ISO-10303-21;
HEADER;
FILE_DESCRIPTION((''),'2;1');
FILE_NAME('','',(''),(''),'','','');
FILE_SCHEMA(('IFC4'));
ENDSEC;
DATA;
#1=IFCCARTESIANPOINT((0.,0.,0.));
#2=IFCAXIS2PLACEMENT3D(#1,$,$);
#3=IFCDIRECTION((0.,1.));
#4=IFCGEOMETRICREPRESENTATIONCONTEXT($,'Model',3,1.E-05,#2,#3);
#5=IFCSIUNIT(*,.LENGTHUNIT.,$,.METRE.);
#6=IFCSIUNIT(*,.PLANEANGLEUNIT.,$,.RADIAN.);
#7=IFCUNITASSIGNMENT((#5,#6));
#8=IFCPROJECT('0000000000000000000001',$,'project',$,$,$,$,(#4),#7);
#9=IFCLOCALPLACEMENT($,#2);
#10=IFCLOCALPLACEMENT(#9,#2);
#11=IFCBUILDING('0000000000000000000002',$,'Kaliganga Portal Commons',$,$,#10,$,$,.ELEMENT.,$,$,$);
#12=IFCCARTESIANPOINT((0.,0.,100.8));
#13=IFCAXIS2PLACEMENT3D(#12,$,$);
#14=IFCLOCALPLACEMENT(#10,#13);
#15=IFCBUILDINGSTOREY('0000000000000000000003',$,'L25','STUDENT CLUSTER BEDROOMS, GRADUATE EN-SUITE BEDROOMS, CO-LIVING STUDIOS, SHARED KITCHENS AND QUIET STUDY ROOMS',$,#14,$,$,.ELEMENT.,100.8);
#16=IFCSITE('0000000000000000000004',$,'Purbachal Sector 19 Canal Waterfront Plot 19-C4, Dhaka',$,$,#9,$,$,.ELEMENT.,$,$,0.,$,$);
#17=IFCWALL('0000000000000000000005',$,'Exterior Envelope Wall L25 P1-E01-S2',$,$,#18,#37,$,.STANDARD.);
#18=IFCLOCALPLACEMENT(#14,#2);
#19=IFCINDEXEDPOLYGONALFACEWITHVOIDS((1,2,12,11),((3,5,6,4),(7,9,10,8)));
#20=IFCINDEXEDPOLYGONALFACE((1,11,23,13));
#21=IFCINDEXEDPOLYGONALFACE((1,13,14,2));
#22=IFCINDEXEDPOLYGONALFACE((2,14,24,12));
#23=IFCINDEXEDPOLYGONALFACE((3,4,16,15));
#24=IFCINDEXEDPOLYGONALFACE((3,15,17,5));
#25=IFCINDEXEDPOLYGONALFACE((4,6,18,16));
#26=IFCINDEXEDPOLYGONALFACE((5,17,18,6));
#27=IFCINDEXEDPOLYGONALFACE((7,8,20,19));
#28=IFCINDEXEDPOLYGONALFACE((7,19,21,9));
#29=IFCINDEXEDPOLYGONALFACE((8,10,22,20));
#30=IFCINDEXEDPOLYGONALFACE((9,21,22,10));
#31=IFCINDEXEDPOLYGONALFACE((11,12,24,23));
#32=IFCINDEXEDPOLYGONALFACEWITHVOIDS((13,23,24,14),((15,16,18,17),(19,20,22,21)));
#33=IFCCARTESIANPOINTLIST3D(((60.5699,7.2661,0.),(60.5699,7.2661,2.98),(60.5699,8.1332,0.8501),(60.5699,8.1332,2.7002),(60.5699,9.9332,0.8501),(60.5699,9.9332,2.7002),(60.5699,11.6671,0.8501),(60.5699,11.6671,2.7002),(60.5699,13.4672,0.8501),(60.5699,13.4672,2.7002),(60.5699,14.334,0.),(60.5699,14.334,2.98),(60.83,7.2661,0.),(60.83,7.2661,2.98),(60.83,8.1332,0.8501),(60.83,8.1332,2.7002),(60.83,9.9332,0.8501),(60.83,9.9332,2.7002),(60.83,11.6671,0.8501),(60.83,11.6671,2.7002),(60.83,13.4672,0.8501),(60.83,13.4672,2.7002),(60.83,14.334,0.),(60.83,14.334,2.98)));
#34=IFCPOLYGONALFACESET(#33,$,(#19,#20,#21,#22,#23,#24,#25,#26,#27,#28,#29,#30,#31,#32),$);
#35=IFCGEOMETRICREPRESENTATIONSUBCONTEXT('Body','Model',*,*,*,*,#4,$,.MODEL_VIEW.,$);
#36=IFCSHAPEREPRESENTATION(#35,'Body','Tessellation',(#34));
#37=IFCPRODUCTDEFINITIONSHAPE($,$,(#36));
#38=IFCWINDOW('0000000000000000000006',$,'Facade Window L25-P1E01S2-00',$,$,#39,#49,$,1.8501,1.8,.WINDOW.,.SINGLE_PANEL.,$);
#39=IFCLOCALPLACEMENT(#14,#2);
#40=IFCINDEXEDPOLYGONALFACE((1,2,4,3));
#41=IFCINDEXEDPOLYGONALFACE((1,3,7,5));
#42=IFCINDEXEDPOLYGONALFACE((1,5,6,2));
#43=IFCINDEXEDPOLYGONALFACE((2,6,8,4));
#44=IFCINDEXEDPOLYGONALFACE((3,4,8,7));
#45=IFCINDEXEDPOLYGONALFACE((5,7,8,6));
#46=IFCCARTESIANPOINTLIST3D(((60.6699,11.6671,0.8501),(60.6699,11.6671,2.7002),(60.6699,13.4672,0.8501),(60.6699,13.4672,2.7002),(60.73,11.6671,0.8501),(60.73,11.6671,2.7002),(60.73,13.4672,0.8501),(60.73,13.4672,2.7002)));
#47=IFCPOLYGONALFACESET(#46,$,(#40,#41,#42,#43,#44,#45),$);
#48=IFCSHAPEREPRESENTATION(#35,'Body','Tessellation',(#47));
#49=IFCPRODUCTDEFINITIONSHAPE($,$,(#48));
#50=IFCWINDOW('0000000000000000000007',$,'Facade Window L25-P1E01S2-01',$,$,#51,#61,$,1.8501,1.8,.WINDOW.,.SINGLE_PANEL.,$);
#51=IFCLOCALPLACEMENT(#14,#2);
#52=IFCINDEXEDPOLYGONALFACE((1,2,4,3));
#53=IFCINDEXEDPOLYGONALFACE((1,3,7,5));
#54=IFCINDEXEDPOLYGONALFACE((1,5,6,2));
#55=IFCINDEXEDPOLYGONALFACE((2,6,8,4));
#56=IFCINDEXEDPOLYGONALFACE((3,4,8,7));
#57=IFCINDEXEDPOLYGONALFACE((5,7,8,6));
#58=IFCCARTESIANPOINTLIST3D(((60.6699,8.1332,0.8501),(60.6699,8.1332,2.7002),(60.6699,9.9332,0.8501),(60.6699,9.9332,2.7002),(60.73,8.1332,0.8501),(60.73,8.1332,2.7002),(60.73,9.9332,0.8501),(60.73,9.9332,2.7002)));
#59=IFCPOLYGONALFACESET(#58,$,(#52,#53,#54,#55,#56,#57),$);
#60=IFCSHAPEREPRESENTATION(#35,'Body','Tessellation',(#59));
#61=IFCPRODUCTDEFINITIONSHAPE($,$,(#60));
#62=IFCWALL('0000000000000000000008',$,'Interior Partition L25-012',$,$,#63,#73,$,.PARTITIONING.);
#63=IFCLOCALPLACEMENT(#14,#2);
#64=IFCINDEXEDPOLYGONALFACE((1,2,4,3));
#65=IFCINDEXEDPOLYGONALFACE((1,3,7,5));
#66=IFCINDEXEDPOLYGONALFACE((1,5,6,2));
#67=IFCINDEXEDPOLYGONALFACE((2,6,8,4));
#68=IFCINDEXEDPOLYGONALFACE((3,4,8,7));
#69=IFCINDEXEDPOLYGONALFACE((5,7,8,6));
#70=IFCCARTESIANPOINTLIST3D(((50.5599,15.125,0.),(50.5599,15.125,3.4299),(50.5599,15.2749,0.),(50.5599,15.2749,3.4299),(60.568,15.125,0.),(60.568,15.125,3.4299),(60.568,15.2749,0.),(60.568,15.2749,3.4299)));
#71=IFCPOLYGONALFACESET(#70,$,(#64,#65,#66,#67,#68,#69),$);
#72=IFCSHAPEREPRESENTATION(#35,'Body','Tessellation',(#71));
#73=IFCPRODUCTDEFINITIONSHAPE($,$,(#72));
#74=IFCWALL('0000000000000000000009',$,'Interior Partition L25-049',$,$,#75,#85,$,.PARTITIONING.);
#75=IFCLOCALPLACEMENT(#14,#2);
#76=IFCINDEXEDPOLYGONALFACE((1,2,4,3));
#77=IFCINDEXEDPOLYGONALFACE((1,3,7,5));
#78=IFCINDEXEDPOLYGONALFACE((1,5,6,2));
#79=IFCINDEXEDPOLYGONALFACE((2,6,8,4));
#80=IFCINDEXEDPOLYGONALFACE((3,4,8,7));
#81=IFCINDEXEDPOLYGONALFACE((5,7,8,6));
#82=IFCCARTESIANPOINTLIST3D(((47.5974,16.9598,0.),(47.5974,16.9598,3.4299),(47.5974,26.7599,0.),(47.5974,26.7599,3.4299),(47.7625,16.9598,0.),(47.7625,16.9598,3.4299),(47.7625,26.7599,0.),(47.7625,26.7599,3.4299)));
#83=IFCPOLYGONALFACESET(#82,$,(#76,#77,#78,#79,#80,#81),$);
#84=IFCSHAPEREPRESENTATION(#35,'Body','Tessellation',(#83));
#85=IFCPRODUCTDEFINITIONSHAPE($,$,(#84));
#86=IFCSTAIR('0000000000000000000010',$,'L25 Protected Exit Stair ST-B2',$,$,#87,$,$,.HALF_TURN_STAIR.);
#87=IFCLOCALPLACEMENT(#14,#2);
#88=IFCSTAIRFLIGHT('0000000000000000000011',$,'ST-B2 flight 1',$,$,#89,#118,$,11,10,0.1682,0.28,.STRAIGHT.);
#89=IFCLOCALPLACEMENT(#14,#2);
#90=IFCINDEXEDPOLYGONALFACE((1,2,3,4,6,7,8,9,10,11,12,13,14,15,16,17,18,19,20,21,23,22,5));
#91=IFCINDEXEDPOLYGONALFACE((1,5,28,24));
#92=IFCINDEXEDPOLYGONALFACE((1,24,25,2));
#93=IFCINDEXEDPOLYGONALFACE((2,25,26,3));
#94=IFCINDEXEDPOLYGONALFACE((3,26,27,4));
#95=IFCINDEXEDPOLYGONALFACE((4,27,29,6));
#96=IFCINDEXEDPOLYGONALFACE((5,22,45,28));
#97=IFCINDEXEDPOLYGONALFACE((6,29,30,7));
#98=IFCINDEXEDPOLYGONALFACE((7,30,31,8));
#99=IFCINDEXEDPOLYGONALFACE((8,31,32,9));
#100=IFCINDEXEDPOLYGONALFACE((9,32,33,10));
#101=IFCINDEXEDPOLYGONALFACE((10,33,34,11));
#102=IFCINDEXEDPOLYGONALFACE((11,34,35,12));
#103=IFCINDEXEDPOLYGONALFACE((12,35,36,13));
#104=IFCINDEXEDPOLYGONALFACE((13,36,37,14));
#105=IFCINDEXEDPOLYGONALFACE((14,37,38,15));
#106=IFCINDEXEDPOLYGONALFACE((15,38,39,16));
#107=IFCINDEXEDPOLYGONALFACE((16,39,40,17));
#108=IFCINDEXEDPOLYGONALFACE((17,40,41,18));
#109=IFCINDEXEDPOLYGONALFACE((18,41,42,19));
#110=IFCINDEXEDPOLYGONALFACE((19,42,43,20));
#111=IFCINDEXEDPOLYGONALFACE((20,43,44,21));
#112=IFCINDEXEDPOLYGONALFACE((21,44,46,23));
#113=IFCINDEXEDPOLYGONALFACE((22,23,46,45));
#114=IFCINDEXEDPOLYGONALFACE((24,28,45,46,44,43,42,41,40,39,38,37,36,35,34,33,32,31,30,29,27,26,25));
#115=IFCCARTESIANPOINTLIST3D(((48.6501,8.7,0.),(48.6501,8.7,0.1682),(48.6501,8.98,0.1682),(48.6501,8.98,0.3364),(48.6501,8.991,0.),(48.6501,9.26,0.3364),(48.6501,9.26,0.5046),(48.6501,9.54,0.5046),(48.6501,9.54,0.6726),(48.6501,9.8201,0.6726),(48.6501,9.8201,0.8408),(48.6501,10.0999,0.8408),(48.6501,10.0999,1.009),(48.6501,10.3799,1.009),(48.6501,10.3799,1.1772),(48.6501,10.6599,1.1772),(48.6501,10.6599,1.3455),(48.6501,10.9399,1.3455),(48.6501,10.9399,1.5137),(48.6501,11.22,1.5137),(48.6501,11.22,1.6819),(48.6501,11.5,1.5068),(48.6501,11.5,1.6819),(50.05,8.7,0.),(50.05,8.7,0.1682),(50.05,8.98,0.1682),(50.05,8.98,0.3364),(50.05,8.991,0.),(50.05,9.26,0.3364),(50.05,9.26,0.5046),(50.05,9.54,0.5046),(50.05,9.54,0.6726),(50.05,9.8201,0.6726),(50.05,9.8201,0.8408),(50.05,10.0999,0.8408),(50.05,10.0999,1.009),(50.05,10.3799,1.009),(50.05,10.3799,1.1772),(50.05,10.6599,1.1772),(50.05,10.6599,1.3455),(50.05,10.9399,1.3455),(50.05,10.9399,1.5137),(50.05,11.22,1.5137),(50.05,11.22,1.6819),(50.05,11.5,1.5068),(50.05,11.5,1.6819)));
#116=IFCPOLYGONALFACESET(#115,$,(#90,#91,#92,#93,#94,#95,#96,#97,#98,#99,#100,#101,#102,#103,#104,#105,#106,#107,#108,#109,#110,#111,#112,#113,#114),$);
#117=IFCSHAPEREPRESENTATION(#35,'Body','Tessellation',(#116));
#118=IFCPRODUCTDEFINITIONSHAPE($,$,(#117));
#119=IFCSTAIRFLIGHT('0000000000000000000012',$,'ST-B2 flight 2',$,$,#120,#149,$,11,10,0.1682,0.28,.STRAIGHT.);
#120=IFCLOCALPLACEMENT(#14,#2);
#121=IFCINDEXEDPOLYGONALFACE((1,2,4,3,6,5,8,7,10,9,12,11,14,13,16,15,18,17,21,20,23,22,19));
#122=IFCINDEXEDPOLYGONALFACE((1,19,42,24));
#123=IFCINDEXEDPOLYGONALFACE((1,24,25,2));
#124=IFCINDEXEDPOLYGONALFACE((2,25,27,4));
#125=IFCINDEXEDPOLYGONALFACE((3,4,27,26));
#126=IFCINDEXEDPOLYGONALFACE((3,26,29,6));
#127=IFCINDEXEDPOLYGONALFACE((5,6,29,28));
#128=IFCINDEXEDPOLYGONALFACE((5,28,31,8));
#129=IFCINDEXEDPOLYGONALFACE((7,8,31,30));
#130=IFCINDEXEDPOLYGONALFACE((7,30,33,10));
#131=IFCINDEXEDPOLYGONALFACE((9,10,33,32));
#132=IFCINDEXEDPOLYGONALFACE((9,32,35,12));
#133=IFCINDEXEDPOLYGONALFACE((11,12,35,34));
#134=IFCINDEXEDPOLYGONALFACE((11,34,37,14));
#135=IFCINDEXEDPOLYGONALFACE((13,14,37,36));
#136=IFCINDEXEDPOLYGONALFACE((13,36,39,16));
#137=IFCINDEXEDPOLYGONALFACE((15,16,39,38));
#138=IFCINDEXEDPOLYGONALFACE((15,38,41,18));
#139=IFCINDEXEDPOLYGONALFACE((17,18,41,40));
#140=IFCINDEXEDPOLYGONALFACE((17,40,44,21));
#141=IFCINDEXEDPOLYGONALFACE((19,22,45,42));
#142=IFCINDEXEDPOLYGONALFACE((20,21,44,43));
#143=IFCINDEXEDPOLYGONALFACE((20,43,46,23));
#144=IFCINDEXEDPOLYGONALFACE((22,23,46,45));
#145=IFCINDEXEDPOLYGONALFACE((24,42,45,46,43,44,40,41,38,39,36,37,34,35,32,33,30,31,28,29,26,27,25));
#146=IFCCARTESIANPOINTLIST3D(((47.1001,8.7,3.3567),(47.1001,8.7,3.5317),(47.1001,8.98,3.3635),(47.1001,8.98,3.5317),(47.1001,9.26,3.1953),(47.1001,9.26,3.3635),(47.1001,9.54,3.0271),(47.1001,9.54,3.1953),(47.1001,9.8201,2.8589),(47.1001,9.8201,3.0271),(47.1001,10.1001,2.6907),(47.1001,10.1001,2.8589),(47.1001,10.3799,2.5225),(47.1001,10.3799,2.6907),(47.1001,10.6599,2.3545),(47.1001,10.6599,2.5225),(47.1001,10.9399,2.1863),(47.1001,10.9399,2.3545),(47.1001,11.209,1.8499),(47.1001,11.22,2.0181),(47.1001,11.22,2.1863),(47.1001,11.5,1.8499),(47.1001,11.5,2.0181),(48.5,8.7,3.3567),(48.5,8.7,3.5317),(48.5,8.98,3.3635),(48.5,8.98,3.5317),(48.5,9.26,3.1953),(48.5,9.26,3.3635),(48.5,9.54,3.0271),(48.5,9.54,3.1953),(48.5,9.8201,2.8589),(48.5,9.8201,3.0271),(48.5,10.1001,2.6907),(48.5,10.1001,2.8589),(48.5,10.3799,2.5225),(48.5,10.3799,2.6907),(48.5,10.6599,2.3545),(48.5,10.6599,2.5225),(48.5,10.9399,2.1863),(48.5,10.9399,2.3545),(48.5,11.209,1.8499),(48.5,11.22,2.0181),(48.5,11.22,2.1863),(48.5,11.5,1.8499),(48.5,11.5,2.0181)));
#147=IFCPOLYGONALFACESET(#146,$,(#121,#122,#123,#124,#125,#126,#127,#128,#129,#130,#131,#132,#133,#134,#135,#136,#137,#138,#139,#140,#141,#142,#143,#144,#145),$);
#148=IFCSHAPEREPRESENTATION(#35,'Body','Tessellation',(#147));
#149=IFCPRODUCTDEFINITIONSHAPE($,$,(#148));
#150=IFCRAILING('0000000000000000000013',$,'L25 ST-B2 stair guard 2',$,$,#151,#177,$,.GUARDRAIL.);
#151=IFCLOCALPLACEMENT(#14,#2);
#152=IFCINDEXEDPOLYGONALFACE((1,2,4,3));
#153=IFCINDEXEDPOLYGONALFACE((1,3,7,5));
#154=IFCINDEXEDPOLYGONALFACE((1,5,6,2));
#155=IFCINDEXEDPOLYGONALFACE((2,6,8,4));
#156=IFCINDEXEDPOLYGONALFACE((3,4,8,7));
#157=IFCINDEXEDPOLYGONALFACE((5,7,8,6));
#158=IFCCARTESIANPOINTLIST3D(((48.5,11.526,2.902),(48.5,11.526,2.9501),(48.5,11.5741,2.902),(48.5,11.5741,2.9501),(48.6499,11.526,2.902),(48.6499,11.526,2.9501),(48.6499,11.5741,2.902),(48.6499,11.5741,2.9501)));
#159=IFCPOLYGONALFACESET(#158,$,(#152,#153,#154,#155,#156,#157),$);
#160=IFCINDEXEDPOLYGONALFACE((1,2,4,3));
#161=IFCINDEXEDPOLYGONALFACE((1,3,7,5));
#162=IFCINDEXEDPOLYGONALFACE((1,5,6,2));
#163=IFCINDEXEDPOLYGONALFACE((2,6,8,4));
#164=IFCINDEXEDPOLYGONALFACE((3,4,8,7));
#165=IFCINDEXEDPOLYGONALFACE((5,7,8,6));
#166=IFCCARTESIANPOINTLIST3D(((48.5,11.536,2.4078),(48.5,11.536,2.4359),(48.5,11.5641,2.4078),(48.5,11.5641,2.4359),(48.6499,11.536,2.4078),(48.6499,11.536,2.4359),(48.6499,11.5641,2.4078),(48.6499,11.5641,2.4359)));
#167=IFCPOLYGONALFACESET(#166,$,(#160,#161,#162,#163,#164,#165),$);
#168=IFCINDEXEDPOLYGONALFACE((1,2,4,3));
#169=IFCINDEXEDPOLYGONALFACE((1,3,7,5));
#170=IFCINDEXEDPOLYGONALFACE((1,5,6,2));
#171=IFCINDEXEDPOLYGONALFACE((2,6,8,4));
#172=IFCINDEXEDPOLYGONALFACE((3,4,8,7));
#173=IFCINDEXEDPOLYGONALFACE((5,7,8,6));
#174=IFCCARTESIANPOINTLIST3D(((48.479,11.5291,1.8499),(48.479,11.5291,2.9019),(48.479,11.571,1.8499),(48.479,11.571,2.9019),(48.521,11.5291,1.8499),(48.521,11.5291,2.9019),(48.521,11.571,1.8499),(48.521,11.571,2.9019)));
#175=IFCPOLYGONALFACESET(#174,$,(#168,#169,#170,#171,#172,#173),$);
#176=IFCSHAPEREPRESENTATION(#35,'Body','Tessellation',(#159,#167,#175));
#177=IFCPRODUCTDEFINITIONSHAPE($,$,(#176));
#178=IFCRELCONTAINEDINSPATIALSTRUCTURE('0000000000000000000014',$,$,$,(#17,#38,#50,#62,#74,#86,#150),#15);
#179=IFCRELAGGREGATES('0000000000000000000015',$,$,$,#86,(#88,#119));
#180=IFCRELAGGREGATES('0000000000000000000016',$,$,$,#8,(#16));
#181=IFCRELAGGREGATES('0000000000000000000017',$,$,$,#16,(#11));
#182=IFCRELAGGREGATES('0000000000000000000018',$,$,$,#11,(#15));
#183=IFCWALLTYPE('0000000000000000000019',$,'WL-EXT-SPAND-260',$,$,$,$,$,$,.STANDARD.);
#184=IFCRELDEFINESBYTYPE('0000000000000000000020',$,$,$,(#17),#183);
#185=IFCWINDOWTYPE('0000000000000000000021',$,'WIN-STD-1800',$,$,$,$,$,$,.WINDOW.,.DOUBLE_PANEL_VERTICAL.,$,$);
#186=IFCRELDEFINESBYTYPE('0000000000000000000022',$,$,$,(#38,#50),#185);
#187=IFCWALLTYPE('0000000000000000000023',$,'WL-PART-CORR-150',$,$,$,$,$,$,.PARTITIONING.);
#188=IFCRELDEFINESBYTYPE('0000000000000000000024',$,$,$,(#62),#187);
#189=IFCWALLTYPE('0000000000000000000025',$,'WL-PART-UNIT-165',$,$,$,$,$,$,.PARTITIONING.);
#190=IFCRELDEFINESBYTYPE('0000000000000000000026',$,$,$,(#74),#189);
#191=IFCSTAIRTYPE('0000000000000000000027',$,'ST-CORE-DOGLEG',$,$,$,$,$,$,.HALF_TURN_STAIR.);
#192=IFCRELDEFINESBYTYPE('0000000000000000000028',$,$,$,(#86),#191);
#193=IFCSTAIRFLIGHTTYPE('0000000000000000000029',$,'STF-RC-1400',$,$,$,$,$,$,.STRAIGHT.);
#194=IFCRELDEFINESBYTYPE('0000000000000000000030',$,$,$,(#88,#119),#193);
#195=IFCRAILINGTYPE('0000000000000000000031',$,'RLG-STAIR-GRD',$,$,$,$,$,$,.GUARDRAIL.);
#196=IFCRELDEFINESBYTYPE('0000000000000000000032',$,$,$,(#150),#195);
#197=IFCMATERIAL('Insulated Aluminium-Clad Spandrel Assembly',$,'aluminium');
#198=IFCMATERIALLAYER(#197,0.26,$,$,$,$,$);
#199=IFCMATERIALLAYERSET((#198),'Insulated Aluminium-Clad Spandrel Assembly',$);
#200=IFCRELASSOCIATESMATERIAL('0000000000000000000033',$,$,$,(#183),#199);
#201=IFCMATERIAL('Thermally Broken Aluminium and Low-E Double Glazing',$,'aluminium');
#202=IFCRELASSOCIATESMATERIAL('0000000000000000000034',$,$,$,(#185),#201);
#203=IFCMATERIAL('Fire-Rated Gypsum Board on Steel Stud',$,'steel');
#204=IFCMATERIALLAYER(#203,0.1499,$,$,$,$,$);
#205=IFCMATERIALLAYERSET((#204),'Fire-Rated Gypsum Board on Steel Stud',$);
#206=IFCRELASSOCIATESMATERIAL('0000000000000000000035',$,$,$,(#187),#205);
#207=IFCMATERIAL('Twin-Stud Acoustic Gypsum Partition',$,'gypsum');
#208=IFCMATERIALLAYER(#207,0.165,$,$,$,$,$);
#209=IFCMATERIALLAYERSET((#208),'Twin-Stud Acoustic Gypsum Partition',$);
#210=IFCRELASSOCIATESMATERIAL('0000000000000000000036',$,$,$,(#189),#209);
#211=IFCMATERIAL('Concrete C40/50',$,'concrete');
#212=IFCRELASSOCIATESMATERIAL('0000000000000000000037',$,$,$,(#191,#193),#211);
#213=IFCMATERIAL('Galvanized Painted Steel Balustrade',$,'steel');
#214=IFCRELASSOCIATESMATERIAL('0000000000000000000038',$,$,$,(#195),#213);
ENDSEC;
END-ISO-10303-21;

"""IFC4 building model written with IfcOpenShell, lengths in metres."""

from ifc_helpers import new_model, si_unit, direction, frame, frame_2d, origin, origin_2d, place, context, subcontext, project, spatial, polyline, rectangle, outline, extrude, material, layer, layer_set, type_object, element, fill, aggregate, save


model = new_model("IFC4")

# Units and contexts
model_context = context("Model", 3, precision=1e-05, world=origin(), true_north=direction((0.0, 1.0)))
body_context = subcontext(model_context, "Body", "Model", "MODEL_VIEW")
ifc_project = project(units=[si_unit("LENGTHUNIT", "METRE"), si_unit("PLANEANGLEUNIT", "RADIAN")], contexts=[model_context])

# Site, building, storey
site_placement = place(None, origin())
site = spatial("IfcSite", under=ifc_project, at=site_placement, Name="Purbachal Sector 19 Canal Waterfront Plot 19-C4, Dhaka", CompositionType="ELEMENT", RefElevation=0.0)
building_placement = place(site_placement, origin())
building = spatial("IfcBuilding", under=site, at=building_placement, Name="Kaliganga Portal Commons", CompositionType="ELEMENT")
storey_placement = place(building_placement, frame((0.0, 0.0, 100.8)))
storey = spatial("IfcBuildingStorey", under=building, at=storey_placement, Name="L25", Description="STUDENT CLUSTER BEDROOMS, GRADUATE EN-SUITE BEDROOMS, CO-LIVING STUDIOS, SHARED KITCHENS AND QUIET STUDY ROOMS", CompositionType="ELEMENT", Elevation=100.8)

# Wall, openings, windows
ifc_material_1 = material(Name="Insulated Aluminium-Clad Spandrel Assembly", Category="aluminium")
ifc_layer_1 = layer(ifc_material_1, 0.26)
ifc_layer_set_1 = layer_set([ifc_layer_1], Name="Insulated Aluminium-Clad Spandrel Assembly")
wall_type_1 = type_object("IfcWallType", Name="WL-EXT-SPAND-260", PredefinedType="STANDARD", material=ifc_layer_set_1)
wall_1_placement = place(storey_placement, frame((60.7, 14.334, 0.0), z_axis=(0.0, 0.0, 1.0), x_axis=(0.0, -1.0, 0.0)))
wall_1 = element("IfcWall", 1, at=wall_1_placement, inside=storey, type_object=wall_type_1, Name="Exterior Envelope Wall L25 P1-E01-S2", PredefinedType="STANDARD", context=body_context, shape_type="SweptSolid", body=[
    extrude(rectangle(XDim=7.0679, YDim=0.26, at=frame_2d((3.5339, 0.0))), origin(), (0.0, 0.0, 1.0), 2.98),
])
opening_1_placement = place(wall_1_placement, frame((0.8669, 0.0, 0.8501)))
opening_1 = element("IfcOpeningElement", 2, at=opening_1_placement, cuts=wall_1, PredefinedType="OPENING", context=body_context, shape_type="SweptSolid", body=[
    extrude(rectangle(XDim=1.8, YDim=1.8501, at=frame_2d((0.8999, 0.925))), frame((0.0, 0.1401, 0.0), z_axis=(0.0, -1.0, 0.0), x_axis=(1.0, 0.0, 0.0)), (0.0, 0.0, 1.0), 0.28),
])
opening_2_placement = place(wall_1_placement, frame((4.4009, 0.0, 0.8501)))
opening_2 = element("IfcOpeningElement", 3, at=opening_2_placement, cuts=wall_1, PredefinedType="OPENING", context=body_context, shape_type="SweptSolid", body=[
    extrude(rectangle(XDim=1.8, YDim=1.8501, at=frame_2d((0.8999, 0.925))), frame((0.0, 0.1401, 0.0), z_axis=(0.0, -1.0, 0.0), x_axis=(1.0, 0.0, 0.0)), (0.0, 0.0, 1.0), 0.28),
])
ifc_material_2 = material(Name="Thermally Broken Aluminium and Low-E Double Glazing", Category="aluminium")
window_type = type_object("IfcWindowType", Name="WIN-STD-1800", PartitioningType="DOUBLE_PANEL_VERTICAL", PredefinedType="WINDOW", material=ifc_material_2)
window_1_placement = place(opening_1_placement, origin())
window_1 = element("IfcWindow", 4, at=window_1_placement, inside=storey, type_object=window_type, Name="Facade Window L25-P1E01S2-00", OverallHeight=1.8501, OverallWidth=1.8, PartitioningType="SINGLE_PANEL", PredefinedType="WINDOW", context=body_context, shape_type="SweptSolid", body=[
    extrude(rectangle(XDim=1.8, YDim=1.8501, at=frame_2d((0.8999, 0.925))), frame((0.0, 0.03, 0.0), z_axis=(0.0, -1.0, 0.0), x_axis=(1.0, 0.0, 0.0)), (0.0, 0.0, 1.0), 0.0601),
])
fill(opening_1, window_1)
window_2_placement = place(opening_2_placement, origin())
window_2 = element("IfcWindow", 5, at=window_2_placement, inside=storey, type_object=window_type, Name="Facade Window L25-P1E01S2-01", OverallHeight=1.8501, OverallWidth=1.8, PartitioningType="SINGLE_PANEL", PredefinedType="WINDOW", context=body_context, shape_type="SweptSolid", body=[
    extrude(rectangle(XDim=1.8, YDim=1.8501, at=frame_2d((0.8999, 0.925))), frame((0.0, 0.03, 0.0), z_axis=(0.0, -1.0, 0.0), x_axis=(1.0, 0.0, 0.0)), (0.0, 0.0, 1.0), 0.0601),
])
fill(opening_2, window_2)

# Wall
ifc_material_3 = material(Name="Fire-Rated Gypsum Board on Steel Stud", Category="steel")
ifc_layer_2 = layer(ifc_material_3, 0.1499)
ifc_layer_set_2 = layer_set([ifc_layer_2], Name="Fire-Rated Gypsum Board on Steel Stud")
wall_type_2 = type_object("IfcWallType", Name="WL-PART-CORR-150", PredefinedType="PARTITIONING", material=ifc_layer_set_2)
wall_2_placement = place(storey_placement, frame((50.5601, 15.2, 0.0), z_axis=(0.0, 0.0, 1.0), x_axis=(1.0, 0.0, 0.0)))
element("IfcWall", 6, at=wall_2_placement, inside=storey, type_object=wall_type_2, Name="Interior Partition L25-012", PredefinedType="PARTITIONING", context=body_context, shape_type="SweptSolid", body=[
    extrude(rectangle(XDim=10.0081, YDim=0.1499, at=frame_2d((5.0039, 0.0))), origin(), (0.0, 0.0, 1.0), 3.4299),
])

# Wall
ifc_material_4 = material(Name="Twin-Stud Acoustic Gypsum Partition", Category="gypsum")
ifc_layer_3 = layer(ifc_material_4, 0.165)
ifc_layer_set_3 = layer_set([ifc_layer_3], Name="Twin-Stud Acoustic Gypsum Partition")
wall_type_3 = type_object("IfcWallType", Name="WL-PART-UNIT-165", PredefinedType="PARTITIONING", material=ifc_layer_set_3)
wall_3_placement = place(storey_placement, frame((47.6799, 16.96, 0.0), z_axis=(0.0, 0.0, 1.0), x_axis=(0.0, 1.0, 0.0)))
element("IfcWall", 7, at=wall_3_placement, inside=storey, type_object=wall_type_3, Name="Interior Partition L25-049", PredefinedType="PARTITIONING", context=body_context, shape_type="SweptSolid", body=[
    extrude(rectangle(XDim=9.8, YDim=0.165, at=frame_2d((4.8999, 0.0))), origin(), (0.0, 0.0, 1.0), 3.4299),
])

# Stair, stair flights
ifc_material_5 = material(Name="Concrete C40/50", Category="concrete")
stair_type = type_object("IfcStairType", Name="ST-CORE-DOGLEG", PredefinedType="HALF_TURN_STAIR", material=ifc_material_5)
stair_placement = place(storey_placement, origin())
stair = element("IfcStair", 8, at=stair_placement, inside=storey, type_object=stair_type, Name="L25 Protected Exit Stair ST-B2", PredefinedType="HALF_TURN_STAIR")
stair_flight_type = type_object("IfcStairFlightType", Name="STF-RC-1400", PredefinedType="STRAIGHT", material=ifc_material_5)
stair_flight_1_placement = place(storey_placement, frame((49.3501, 8.7, 0.0), z_axis=(0.0, 0.0, 1.0), x_axis=(0.0, 1.0, 0.0)))
stair_flight_1 = element("IfcStairFlight", 9, at=stair_flight_1_placement, type_object=stair_flight_type, Name="ST-B2 flight 1", NumberOfRisers=11, NumberOfTreads=10, PredefinedType="STRAIGHT", RiserHeight=0.1682, TreadLength=0.28, context=body_context, shape_type="SweptSolid", body=[
    extrude(outline(polyline([(0.0, 0.0), (0.0, 0.1682), (0.28, 0.1682), (0.28, 0.3364), (0.5601, 0.3364), (0.5601, 0.5046), (0.8401, 0.5046), (0.8401, 0.6726), (1.1201, 0.6726), (1.1201, 0.8408), (1.3999, 0.8408), (1.3999, 1.009), (1.6799, 1.009), (1.6799, 1.1772), (1.96, 1.1772), (1.96, 1.3455), (2.24, 1.3455), (2.24, 1.5137), (2.52, 1.5137), (2.52, 1.6819), (2.8, 1.6819), (2.8, 1.8501), (2.8, 1.5068), (0.291, 0.0), (0.0, 0.0)])), frame((0.0, 0.7, 0.0), z_axis=(0.0, -1.0, 0.0), x_axis=(1.0, 0.0, 0.0)), (0.0, 0.0, 1.0), 1.3999),
])
stair_flight_2_placement = place(storey_placement, frame((47.8, 11.5, 1.8499), z_axis=(0.0, 0.0, 1.0), x_axis=(0.0, -1.0, 0.0)))
stair_flight_2 = element("IfcStairFlight", 10, at=stair_flight_2_placement, type_object=stair_flight_type, Name="ST-B2 flight 2", NumberOfRisers=11, NumberOfTreads=10, PredefinedType="STRAIGHT", RiserHeight=0.1682, TreadLength=0.28, context=body_context, shape_type="SweptSolid", body=[
    extrude(outline(polyline([(0.0, 0.0), (0.0, 0.1682), (0.28, 0.1682), (0.28, 0.3364), (0.5601, 0.3364), (0.5601, 0.5046), (0.8401, 0.5046), (0.8401, 0.6726), (1.1201, 0.6726), (1.1201, 0.8408), (1.3999, 0.8408), (1.3999, 1.009), (1.6799, 1.009), (1.6799, 1.1772), (1.96, 1.1772), (1.96, 1.3455), (2.24, 1.3455), (2.24, 1.5137), (2.52, 1.5137), (2.52, 1.6819), (2.8, 1.6819), (2.8, 1.8501), (2.8, 1.5068), (0.291, 0.0), (0.0, 0.0)])), frame((0.0, 0.7, 0.0), z_axis=(0.0, -1.0, 0.0), x_axis=(1.0, 0.0, 0.0)), (0.0, 0.0, 1.0), 1.3999),
])
aggregate(stair, [stair_flight_1, stair_flight_2])

# Railing
ifc_material_6 = material(Name="Galvanized Painted Steel Balustrade", Category="steel")
railing_type_1 = type_object("IfcRailingType", Name="RLG-STAIR-GRD", PredefinedType="GUARDRAIL", material=ifc_material_6)
railing_1_placement = place(storey_placement, frame((48.6499, 11.55, 1.8499)))
element("IfcRailing", 11, at=railing_1_placement, inside=storey, type_object=railing_type_1, Name="L25 ST-B2 stair guard 2", PredefinedType="GUARDRAIL", context=body_context, shape_type="SweptSolid", body=[
    extrude(rectangle(XDim=0.0481, YDim=0.0481, at=origin_2d()), frame((0.0, 0.0, 1.0762), z_axis=(-1.0, 0.0, 0.0), x_axis=(0.0, -1.0, 0.0)), (0.0, 0.0, 1.0), 0.1499),
    extrude(rectangle(XDim=0.0281, YDim=0.0281, at=origin_2d()), frame((0.0, 0.0, 0.572), z_axis=(-1.0, 0.0, 0.0), x_axis=(0.0, -1.0, 0.0)), (0.0, 0.0, 1.0), 0.1499),
    extrude(rectangle(XDim=0.042, YDim=0.042, at=origin_2d()), frame((-0.1499, 0.0, 0.0)), (0.0, 0.0, 1.0), 1.052),
])

save(model, "model.ifc")
